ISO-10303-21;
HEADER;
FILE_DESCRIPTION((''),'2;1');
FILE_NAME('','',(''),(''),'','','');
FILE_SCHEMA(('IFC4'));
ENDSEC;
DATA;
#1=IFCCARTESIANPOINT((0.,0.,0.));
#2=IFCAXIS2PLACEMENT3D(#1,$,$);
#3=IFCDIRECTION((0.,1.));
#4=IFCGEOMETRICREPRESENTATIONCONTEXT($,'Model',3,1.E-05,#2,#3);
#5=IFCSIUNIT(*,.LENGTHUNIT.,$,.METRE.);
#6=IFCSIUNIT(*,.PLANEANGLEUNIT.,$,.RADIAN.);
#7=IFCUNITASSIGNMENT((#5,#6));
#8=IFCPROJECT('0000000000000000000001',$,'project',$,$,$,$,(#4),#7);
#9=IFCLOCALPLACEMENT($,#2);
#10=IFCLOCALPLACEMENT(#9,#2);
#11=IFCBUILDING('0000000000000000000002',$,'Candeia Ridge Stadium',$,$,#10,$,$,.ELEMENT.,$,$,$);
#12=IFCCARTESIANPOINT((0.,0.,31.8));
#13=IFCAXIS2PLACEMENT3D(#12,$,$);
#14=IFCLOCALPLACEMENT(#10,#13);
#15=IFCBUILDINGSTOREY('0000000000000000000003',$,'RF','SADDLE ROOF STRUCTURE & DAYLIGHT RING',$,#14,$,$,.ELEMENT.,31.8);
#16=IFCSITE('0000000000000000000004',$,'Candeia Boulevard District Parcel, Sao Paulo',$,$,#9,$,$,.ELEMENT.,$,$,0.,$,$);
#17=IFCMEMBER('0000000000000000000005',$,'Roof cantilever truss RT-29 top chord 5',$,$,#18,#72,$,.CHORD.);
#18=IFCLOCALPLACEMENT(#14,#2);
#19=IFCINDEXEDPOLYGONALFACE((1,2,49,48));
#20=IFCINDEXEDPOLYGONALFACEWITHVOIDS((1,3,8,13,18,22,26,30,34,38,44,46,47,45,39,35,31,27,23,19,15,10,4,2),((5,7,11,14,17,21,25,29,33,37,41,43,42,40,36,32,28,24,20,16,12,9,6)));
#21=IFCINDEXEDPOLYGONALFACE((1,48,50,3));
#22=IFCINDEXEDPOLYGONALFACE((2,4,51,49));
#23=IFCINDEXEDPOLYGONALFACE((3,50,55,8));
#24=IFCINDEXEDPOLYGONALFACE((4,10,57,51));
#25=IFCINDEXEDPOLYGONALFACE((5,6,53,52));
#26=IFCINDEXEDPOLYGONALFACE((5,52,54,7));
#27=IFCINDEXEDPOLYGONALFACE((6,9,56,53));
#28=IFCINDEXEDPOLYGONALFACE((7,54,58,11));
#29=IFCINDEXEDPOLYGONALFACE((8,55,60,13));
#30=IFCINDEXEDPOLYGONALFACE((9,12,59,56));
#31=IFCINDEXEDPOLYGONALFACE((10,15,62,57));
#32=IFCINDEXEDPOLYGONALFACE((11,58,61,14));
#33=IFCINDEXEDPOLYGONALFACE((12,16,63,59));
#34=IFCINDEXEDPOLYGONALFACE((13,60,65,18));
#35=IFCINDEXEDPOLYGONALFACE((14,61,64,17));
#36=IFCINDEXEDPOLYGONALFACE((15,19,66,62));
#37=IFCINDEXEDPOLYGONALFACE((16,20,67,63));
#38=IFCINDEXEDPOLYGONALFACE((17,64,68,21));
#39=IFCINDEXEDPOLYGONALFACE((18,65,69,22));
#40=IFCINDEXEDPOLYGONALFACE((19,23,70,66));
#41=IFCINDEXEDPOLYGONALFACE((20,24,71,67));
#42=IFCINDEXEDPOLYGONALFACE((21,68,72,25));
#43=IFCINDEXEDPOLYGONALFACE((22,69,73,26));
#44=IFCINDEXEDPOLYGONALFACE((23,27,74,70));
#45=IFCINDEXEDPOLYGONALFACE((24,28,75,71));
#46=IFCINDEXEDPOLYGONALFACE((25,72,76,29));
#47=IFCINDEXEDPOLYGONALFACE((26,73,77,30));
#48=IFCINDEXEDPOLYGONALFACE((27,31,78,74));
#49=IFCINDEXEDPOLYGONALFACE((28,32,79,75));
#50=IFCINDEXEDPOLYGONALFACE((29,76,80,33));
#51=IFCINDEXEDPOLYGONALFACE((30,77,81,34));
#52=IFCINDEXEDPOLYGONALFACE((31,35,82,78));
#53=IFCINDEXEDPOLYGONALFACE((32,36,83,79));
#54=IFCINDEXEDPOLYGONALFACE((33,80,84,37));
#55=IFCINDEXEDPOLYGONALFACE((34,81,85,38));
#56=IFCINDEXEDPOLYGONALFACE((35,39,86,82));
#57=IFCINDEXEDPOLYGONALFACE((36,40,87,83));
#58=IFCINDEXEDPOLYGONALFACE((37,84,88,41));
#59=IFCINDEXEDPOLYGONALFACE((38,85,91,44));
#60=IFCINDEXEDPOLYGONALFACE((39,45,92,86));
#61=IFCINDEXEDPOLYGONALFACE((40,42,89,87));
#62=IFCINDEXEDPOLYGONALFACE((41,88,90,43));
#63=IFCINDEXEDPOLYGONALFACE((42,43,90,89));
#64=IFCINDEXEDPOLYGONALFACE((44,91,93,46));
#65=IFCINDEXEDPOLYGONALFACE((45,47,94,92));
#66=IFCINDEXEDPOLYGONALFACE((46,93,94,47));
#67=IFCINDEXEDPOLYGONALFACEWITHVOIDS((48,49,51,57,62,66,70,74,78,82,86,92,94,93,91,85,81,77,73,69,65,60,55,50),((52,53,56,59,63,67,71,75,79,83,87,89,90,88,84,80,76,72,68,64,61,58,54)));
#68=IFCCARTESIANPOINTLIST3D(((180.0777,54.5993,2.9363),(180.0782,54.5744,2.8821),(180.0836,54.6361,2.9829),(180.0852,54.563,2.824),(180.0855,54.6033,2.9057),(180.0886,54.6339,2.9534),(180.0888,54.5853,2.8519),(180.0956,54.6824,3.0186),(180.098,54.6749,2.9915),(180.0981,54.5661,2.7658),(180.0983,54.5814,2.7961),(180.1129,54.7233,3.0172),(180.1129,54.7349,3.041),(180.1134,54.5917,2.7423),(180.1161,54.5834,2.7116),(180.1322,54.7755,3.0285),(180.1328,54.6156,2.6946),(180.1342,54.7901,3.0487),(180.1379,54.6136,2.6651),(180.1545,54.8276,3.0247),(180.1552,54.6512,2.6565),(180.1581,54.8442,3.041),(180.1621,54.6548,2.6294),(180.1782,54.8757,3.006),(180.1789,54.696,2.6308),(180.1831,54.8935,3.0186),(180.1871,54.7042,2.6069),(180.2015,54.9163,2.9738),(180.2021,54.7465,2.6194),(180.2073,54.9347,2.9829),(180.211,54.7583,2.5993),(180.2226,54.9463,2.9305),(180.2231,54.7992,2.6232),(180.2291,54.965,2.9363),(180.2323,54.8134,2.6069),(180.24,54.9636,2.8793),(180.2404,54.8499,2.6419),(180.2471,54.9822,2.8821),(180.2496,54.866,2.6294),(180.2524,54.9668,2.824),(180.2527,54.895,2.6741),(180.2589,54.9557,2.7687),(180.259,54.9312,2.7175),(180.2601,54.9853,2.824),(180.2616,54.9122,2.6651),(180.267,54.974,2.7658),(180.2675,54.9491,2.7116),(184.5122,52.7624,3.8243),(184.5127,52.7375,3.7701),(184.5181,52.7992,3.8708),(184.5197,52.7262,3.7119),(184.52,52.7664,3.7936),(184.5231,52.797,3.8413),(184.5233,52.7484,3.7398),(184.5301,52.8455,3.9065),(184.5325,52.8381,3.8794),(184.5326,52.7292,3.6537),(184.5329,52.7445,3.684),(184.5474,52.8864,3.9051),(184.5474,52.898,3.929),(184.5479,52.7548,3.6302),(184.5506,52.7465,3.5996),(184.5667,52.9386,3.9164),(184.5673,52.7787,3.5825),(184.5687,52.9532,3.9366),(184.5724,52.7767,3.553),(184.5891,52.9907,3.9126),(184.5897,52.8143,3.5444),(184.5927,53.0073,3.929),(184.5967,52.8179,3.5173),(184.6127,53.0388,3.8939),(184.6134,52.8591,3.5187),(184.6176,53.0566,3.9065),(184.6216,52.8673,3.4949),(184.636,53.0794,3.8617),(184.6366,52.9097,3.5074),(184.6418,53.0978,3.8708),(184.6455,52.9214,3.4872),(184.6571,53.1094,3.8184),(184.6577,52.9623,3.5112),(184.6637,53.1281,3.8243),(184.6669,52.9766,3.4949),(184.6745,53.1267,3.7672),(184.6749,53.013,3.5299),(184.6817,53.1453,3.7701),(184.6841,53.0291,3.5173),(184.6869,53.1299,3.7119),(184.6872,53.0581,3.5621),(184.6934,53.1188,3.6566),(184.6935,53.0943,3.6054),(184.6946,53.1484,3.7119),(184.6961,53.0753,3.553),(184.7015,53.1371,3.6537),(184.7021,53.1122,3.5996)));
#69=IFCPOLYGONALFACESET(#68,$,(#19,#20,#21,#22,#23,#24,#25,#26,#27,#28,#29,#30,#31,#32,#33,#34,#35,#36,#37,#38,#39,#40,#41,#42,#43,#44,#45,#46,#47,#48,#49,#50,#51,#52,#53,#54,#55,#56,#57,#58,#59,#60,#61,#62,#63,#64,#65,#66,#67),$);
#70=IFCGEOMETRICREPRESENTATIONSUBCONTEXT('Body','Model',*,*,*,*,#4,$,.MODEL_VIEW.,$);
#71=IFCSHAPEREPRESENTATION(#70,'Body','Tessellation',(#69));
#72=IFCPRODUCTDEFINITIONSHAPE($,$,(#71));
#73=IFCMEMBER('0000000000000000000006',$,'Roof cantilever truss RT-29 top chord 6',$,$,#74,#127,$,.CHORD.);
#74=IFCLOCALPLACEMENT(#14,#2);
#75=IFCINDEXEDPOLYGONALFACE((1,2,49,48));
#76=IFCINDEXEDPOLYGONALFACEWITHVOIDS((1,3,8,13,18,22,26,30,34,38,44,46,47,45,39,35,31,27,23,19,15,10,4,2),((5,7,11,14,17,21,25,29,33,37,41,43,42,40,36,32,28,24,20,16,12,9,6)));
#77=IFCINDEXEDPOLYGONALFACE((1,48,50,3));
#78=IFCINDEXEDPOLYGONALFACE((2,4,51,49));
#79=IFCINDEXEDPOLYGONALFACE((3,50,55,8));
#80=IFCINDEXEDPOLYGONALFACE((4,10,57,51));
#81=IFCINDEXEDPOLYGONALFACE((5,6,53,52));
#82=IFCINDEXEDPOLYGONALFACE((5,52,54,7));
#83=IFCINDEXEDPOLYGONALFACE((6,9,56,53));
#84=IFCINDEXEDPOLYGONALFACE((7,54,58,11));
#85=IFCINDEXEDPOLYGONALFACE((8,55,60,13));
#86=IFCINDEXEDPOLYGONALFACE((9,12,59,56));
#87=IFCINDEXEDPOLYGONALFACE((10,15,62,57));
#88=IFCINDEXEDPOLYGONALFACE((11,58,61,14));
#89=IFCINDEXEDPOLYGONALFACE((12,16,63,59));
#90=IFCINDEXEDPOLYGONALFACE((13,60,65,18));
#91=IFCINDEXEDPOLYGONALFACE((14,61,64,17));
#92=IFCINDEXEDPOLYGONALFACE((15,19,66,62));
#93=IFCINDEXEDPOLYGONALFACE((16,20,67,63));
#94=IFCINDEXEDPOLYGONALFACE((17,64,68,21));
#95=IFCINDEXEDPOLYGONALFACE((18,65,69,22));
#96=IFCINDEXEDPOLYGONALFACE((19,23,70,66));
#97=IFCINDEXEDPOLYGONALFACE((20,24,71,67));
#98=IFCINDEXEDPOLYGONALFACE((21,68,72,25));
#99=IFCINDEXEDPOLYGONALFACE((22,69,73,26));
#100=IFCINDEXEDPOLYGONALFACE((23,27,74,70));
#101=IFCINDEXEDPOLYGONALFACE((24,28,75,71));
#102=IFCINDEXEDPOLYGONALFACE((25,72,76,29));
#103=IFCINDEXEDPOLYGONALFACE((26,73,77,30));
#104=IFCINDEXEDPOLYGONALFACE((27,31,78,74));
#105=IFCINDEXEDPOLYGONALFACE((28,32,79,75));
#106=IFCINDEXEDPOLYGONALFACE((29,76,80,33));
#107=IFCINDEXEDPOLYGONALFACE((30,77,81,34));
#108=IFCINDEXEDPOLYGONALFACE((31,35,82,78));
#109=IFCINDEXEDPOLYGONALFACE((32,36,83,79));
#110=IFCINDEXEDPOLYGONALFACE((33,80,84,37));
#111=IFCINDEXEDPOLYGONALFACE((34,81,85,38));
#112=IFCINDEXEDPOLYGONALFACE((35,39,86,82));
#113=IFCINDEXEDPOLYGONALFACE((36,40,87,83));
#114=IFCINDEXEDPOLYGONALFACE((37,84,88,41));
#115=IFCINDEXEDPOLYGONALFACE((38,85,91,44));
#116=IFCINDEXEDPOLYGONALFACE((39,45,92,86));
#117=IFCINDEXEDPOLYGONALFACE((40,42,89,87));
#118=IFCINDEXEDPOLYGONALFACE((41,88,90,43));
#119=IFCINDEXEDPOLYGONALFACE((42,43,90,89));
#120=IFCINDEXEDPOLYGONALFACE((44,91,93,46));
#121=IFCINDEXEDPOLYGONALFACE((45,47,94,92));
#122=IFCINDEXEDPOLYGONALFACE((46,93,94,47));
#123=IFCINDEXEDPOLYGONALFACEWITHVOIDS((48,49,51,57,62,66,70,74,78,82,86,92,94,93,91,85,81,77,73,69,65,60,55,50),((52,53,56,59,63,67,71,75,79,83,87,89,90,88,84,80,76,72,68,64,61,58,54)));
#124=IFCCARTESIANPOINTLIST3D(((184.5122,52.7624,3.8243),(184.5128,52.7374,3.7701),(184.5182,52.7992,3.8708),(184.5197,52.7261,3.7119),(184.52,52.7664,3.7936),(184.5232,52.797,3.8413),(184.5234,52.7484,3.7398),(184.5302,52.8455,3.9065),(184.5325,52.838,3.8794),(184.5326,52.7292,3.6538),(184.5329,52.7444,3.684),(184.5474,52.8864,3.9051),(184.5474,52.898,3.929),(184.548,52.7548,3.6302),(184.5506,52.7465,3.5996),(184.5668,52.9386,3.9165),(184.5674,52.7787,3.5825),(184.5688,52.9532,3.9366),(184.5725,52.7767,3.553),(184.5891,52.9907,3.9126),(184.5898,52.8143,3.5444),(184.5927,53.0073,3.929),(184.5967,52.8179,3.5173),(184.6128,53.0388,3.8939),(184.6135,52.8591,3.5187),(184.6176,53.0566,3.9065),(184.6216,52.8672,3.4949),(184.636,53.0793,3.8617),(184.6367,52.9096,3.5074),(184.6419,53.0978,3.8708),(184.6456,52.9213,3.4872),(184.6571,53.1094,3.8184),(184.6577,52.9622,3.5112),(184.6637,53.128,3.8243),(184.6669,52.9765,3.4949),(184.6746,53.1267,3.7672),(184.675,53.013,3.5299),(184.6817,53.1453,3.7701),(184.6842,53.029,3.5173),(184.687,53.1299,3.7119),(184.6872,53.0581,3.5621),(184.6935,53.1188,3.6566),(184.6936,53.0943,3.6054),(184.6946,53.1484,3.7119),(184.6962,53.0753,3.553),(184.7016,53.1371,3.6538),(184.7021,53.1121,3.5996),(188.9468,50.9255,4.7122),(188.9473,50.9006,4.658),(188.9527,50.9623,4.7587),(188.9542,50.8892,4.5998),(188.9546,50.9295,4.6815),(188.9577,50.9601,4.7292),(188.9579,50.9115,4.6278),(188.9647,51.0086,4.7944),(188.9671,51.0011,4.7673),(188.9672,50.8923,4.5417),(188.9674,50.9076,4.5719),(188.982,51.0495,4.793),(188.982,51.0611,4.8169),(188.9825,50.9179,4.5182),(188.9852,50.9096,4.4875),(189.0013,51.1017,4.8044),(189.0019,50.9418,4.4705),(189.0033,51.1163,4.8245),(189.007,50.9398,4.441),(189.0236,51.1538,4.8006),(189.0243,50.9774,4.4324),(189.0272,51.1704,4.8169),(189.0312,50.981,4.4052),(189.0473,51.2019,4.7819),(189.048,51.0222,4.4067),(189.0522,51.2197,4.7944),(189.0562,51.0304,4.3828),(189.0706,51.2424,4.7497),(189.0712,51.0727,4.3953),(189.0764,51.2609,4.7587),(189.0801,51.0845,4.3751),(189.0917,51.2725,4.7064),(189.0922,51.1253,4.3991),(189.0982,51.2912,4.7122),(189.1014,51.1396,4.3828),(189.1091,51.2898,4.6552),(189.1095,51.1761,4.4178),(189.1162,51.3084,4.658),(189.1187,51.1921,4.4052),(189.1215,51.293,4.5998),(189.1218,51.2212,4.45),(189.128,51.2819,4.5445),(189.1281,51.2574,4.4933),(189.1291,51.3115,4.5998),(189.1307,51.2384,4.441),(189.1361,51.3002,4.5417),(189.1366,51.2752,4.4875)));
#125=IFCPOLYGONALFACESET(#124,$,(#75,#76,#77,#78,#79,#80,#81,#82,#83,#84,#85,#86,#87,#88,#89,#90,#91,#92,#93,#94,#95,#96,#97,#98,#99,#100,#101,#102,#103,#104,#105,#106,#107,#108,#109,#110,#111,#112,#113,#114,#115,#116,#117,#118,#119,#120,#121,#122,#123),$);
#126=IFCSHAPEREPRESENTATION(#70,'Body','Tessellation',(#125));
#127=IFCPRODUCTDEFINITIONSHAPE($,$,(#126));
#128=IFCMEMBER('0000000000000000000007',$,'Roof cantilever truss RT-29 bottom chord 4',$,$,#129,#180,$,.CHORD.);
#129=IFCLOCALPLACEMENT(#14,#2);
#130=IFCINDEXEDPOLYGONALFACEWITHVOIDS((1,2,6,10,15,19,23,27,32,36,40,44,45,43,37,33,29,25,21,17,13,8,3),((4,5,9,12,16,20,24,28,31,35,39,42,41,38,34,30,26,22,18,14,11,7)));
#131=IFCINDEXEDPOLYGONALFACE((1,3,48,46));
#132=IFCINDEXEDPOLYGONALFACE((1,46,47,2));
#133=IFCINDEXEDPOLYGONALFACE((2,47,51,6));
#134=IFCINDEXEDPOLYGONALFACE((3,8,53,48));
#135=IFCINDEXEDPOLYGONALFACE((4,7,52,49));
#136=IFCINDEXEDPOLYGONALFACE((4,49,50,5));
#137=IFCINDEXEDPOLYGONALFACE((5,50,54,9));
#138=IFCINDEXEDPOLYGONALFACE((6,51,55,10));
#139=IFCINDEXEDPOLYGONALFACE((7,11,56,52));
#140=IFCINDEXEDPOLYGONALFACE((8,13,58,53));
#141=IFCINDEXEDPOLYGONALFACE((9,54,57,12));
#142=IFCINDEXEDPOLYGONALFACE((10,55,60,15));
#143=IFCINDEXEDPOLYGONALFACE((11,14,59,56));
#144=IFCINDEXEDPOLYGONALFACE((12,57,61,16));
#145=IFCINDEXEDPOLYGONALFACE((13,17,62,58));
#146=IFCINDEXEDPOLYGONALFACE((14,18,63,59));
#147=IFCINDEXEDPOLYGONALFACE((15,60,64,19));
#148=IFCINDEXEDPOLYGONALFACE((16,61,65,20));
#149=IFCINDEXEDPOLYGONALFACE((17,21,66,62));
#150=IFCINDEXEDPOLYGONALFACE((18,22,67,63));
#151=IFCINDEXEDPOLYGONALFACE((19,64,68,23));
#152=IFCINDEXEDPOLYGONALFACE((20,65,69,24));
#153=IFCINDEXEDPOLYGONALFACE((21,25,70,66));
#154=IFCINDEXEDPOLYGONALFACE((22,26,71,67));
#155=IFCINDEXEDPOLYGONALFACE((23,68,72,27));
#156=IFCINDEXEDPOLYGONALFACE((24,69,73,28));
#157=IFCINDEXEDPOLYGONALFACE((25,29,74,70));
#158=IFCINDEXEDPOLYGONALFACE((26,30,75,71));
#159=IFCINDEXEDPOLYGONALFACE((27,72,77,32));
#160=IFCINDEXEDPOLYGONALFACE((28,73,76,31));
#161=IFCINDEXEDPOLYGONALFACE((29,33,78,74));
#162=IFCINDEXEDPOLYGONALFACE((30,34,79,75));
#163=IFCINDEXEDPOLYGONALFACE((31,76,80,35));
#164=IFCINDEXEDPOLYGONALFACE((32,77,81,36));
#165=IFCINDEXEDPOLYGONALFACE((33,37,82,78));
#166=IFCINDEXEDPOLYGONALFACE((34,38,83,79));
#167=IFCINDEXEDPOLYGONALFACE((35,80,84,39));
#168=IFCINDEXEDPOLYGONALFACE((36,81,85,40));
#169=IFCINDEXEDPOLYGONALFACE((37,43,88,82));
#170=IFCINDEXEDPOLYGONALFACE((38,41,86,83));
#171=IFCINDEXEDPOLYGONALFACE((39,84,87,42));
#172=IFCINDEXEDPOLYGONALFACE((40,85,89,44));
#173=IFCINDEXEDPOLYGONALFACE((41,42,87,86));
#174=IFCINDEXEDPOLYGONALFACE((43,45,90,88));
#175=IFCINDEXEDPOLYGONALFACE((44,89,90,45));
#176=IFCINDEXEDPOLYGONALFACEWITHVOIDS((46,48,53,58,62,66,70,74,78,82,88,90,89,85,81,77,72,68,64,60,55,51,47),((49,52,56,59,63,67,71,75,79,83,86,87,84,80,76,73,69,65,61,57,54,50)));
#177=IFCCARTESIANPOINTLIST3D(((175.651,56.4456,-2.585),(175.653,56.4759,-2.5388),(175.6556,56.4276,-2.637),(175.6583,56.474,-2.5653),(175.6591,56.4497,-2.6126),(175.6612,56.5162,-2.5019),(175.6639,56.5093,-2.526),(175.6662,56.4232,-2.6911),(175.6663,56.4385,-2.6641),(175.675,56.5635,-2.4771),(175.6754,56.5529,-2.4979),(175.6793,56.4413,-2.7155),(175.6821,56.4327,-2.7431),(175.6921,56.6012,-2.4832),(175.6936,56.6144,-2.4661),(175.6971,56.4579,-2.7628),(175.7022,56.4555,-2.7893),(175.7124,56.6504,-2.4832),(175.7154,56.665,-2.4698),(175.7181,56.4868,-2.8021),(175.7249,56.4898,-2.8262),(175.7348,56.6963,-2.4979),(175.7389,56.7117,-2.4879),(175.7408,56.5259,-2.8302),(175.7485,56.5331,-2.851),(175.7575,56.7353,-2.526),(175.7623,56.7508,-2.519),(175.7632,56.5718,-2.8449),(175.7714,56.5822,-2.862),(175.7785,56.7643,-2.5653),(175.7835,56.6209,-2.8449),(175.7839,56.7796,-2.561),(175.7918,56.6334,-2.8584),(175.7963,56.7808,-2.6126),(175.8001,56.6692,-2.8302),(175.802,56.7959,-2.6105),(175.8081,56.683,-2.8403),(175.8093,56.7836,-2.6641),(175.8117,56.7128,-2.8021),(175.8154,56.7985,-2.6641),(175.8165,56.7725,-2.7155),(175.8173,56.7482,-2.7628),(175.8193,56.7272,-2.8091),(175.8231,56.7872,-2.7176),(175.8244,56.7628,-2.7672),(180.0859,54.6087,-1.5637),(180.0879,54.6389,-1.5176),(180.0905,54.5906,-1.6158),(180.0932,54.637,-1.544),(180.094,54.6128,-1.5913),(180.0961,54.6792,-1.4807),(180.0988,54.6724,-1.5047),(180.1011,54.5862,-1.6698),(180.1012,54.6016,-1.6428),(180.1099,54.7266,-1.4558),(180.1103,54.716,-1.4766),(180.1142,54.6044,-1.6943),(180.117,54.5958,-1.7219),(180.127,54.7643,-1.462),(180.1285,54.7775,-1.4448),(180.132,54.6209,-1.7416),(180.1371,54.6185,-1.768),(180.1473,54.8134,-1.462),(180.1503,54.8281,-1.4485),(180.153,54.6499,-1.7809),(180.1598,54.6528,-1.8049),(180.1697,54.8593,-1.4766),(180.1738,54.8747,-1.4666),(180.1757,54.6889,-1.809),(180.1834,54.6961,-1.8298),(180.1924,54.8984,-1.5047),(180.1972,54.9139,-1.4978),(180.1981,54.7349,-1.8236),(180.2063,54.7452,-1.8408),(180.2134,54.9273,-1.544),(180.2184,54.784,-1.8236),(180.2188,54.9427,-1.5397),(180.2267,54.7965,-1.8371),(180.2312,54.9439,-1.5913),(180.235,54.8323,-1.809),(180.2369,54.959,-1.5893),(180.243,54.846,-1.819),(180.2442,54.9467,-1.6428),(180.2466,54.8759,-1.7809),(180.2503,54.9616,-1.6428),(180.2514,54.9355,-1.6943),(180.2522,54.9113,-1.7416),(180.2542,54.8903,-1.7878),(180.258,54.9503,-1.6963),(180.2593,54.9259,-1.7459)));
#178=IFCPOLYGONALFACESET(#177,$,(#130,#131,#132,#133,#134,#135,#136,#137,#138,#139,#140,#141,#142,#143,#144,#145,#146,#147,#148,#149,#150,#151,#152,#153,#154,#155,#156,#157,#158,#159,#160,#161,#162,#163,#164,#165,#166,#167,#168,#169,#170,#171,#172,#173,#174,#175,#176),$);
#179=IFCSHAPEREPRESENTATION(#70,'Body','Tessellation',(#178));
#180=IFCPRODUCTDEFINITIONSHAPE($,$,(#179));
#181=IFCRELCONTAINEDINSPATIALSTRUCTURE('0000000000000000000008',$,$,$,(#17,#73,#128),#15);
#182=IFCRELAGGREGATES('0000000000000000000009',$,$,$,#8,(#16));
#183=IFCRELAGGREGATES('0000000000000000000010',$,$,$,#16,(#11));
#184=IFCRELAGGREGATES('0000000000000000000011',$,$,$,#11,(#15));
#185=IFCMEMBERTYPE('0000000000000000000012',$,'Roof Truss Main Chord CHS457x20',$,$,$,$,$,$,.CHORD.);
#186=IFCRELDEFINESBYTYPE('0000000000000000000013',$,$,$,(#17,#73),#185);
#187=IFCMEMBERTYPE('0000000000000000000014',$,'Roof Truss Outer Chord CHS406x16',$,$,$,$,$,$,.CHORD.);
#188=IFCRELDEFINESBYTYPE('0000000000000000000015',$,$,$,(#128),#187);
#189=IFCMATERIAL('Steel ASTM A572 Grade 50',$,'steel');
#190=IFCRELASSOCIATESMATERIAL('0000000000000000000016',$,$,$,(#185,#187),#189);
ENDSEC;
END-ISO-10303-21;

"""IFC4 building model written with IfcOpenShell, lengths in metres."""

from ifc_helpers import new_model, si_unit, direction, frame, origin, origin_2d, place, context, subcontext, project, spatial, hollow_circle, extrude, material, material_profile, profile_set, type_object, element, save


model = new_model("IFC4")

# Units and contexts
model_context = context("Model", 3, precision=1e-05, world=origin(), true_north=direction((0.0, 1.0)))
body_context = subcontext(model_context, "Body", "Model", "MODEL_VIEW")
ifc_project = project(units=[si_unit("LENGTHUNIT", "METRE"), si_unit("PLANEANGLEUNIT", "RADIAN")], contexts=[model_context])

# Site, building, storey
site_placement = place(None, origin())
site = spatial("IfcSite", under=ifc_project, at=site_placement, Name="Candeia Boulevard District Parcel, Sao Paulo", CompositionType="ELEMENT", RefElevation=0.0)
building_placement = place(site_placement, origin())
building = spatial("IfcBuilding", under=site, at=building_placement, Name="Candeia Ridge Stadium", CompositionType="ELEMENT")
storey_placement = place(building_placement, frame((0.0, 0.0, 31.8)))
storey = spatial("IfcBuildingStorey", under=building, at=storey_placement, Name="RF", Description="SADDLE ROOF STRUCTURE & DAYLIGHT RING", CompositionType="ELEMENT", Elevation=31.8)

# Shared definitions
ifc_material = material(Name="Steel ASTM A572 Grade 50", Category="steel")

# Members
ifc_material_profile_1 = material_profile(ifc_material, hollow_circle(Radius=0.2285, WallThickness=0.02, at=origin_2d()), Name="CHS457x20", Category="steel")
ifc_profile_set_1 = profile_set([ifc_material_profile_1], Name="Steel ASTM A572 Grade 50")
member_type_1 = type_object("IfcMemberType", Name="Roof Truss Main Chord CHS457x20", PredefinedType="CHORD", material=ifc_profile_set_1)
for number, where, z_axis, x_axis, name in (
    (1, (180.1726, 54.7742, 2.824), (0.908462, -0.376309, 0.181902), (0.382693, 0.923875, 0.0), "Roof cantilever truss RT-29 top chord 5"),
    (2, (184.6072, 52.9373, 3.7119), (0.908462, -0.376309, 0.181902), (0.382693, 0.923875, 0.0), "Roof cantilever truss RT-29 top chord 6"),
):
    element("IfcMember", number, at=place(storey_placement, frame(where, z_axis=z_axis, x_axis=x_axis)), inside=storey, type_object=member_type_1, Name=name, PredefinedType="CHORD", context=body_context, shape_type="SweptSolid", body=[
        extrude(hollow_circle(Radius=0.2285, WallThickness=0.02, at=origin_2d()), origin(), (0.0, 0.0, 1.0), 4.8813),
    ])
ifc_material_profile_2 = material_profile(ifc_material, hollow_circle(Radius=0.2029, WallThickness=0.0161, at=origin_2d()), Name="CHS406x16", Category="steel")
ifc_profile_set_2 = profile_set([ifc_material_profile_2], Name="Steel ASTM A572 Grade 50")
member_type_2 = type_object("IfcMemberType", Name="Roof Truss Outer Chord CHS406x16", PredefinedType="CHORD", material=ifc_profile_set_2)
member_1_placement = place(storey_placement, frame((175.7378, 56.6111, -2.6641), z_axis=(0.903658, -0.374298, 0.208093), x_axis=(0.382675, 0.923883, 0.0)))
element("IfcMember", 3, at=member_1_placement, inside=storey, type_object=member_type_2, Name="Roof cantilever truss RT-29 bottom chord 4", PredefinedType="CHORD", context=body_context, shape_type="SweptSolid", body=[
    extrude(hollow_circle(Radius=0.2029, WallThickness=0.0161, at=origin_2d()), origin(), (0.0, 0.0, 1.0), 4.9077),
])

save(model, "model.ifc")
